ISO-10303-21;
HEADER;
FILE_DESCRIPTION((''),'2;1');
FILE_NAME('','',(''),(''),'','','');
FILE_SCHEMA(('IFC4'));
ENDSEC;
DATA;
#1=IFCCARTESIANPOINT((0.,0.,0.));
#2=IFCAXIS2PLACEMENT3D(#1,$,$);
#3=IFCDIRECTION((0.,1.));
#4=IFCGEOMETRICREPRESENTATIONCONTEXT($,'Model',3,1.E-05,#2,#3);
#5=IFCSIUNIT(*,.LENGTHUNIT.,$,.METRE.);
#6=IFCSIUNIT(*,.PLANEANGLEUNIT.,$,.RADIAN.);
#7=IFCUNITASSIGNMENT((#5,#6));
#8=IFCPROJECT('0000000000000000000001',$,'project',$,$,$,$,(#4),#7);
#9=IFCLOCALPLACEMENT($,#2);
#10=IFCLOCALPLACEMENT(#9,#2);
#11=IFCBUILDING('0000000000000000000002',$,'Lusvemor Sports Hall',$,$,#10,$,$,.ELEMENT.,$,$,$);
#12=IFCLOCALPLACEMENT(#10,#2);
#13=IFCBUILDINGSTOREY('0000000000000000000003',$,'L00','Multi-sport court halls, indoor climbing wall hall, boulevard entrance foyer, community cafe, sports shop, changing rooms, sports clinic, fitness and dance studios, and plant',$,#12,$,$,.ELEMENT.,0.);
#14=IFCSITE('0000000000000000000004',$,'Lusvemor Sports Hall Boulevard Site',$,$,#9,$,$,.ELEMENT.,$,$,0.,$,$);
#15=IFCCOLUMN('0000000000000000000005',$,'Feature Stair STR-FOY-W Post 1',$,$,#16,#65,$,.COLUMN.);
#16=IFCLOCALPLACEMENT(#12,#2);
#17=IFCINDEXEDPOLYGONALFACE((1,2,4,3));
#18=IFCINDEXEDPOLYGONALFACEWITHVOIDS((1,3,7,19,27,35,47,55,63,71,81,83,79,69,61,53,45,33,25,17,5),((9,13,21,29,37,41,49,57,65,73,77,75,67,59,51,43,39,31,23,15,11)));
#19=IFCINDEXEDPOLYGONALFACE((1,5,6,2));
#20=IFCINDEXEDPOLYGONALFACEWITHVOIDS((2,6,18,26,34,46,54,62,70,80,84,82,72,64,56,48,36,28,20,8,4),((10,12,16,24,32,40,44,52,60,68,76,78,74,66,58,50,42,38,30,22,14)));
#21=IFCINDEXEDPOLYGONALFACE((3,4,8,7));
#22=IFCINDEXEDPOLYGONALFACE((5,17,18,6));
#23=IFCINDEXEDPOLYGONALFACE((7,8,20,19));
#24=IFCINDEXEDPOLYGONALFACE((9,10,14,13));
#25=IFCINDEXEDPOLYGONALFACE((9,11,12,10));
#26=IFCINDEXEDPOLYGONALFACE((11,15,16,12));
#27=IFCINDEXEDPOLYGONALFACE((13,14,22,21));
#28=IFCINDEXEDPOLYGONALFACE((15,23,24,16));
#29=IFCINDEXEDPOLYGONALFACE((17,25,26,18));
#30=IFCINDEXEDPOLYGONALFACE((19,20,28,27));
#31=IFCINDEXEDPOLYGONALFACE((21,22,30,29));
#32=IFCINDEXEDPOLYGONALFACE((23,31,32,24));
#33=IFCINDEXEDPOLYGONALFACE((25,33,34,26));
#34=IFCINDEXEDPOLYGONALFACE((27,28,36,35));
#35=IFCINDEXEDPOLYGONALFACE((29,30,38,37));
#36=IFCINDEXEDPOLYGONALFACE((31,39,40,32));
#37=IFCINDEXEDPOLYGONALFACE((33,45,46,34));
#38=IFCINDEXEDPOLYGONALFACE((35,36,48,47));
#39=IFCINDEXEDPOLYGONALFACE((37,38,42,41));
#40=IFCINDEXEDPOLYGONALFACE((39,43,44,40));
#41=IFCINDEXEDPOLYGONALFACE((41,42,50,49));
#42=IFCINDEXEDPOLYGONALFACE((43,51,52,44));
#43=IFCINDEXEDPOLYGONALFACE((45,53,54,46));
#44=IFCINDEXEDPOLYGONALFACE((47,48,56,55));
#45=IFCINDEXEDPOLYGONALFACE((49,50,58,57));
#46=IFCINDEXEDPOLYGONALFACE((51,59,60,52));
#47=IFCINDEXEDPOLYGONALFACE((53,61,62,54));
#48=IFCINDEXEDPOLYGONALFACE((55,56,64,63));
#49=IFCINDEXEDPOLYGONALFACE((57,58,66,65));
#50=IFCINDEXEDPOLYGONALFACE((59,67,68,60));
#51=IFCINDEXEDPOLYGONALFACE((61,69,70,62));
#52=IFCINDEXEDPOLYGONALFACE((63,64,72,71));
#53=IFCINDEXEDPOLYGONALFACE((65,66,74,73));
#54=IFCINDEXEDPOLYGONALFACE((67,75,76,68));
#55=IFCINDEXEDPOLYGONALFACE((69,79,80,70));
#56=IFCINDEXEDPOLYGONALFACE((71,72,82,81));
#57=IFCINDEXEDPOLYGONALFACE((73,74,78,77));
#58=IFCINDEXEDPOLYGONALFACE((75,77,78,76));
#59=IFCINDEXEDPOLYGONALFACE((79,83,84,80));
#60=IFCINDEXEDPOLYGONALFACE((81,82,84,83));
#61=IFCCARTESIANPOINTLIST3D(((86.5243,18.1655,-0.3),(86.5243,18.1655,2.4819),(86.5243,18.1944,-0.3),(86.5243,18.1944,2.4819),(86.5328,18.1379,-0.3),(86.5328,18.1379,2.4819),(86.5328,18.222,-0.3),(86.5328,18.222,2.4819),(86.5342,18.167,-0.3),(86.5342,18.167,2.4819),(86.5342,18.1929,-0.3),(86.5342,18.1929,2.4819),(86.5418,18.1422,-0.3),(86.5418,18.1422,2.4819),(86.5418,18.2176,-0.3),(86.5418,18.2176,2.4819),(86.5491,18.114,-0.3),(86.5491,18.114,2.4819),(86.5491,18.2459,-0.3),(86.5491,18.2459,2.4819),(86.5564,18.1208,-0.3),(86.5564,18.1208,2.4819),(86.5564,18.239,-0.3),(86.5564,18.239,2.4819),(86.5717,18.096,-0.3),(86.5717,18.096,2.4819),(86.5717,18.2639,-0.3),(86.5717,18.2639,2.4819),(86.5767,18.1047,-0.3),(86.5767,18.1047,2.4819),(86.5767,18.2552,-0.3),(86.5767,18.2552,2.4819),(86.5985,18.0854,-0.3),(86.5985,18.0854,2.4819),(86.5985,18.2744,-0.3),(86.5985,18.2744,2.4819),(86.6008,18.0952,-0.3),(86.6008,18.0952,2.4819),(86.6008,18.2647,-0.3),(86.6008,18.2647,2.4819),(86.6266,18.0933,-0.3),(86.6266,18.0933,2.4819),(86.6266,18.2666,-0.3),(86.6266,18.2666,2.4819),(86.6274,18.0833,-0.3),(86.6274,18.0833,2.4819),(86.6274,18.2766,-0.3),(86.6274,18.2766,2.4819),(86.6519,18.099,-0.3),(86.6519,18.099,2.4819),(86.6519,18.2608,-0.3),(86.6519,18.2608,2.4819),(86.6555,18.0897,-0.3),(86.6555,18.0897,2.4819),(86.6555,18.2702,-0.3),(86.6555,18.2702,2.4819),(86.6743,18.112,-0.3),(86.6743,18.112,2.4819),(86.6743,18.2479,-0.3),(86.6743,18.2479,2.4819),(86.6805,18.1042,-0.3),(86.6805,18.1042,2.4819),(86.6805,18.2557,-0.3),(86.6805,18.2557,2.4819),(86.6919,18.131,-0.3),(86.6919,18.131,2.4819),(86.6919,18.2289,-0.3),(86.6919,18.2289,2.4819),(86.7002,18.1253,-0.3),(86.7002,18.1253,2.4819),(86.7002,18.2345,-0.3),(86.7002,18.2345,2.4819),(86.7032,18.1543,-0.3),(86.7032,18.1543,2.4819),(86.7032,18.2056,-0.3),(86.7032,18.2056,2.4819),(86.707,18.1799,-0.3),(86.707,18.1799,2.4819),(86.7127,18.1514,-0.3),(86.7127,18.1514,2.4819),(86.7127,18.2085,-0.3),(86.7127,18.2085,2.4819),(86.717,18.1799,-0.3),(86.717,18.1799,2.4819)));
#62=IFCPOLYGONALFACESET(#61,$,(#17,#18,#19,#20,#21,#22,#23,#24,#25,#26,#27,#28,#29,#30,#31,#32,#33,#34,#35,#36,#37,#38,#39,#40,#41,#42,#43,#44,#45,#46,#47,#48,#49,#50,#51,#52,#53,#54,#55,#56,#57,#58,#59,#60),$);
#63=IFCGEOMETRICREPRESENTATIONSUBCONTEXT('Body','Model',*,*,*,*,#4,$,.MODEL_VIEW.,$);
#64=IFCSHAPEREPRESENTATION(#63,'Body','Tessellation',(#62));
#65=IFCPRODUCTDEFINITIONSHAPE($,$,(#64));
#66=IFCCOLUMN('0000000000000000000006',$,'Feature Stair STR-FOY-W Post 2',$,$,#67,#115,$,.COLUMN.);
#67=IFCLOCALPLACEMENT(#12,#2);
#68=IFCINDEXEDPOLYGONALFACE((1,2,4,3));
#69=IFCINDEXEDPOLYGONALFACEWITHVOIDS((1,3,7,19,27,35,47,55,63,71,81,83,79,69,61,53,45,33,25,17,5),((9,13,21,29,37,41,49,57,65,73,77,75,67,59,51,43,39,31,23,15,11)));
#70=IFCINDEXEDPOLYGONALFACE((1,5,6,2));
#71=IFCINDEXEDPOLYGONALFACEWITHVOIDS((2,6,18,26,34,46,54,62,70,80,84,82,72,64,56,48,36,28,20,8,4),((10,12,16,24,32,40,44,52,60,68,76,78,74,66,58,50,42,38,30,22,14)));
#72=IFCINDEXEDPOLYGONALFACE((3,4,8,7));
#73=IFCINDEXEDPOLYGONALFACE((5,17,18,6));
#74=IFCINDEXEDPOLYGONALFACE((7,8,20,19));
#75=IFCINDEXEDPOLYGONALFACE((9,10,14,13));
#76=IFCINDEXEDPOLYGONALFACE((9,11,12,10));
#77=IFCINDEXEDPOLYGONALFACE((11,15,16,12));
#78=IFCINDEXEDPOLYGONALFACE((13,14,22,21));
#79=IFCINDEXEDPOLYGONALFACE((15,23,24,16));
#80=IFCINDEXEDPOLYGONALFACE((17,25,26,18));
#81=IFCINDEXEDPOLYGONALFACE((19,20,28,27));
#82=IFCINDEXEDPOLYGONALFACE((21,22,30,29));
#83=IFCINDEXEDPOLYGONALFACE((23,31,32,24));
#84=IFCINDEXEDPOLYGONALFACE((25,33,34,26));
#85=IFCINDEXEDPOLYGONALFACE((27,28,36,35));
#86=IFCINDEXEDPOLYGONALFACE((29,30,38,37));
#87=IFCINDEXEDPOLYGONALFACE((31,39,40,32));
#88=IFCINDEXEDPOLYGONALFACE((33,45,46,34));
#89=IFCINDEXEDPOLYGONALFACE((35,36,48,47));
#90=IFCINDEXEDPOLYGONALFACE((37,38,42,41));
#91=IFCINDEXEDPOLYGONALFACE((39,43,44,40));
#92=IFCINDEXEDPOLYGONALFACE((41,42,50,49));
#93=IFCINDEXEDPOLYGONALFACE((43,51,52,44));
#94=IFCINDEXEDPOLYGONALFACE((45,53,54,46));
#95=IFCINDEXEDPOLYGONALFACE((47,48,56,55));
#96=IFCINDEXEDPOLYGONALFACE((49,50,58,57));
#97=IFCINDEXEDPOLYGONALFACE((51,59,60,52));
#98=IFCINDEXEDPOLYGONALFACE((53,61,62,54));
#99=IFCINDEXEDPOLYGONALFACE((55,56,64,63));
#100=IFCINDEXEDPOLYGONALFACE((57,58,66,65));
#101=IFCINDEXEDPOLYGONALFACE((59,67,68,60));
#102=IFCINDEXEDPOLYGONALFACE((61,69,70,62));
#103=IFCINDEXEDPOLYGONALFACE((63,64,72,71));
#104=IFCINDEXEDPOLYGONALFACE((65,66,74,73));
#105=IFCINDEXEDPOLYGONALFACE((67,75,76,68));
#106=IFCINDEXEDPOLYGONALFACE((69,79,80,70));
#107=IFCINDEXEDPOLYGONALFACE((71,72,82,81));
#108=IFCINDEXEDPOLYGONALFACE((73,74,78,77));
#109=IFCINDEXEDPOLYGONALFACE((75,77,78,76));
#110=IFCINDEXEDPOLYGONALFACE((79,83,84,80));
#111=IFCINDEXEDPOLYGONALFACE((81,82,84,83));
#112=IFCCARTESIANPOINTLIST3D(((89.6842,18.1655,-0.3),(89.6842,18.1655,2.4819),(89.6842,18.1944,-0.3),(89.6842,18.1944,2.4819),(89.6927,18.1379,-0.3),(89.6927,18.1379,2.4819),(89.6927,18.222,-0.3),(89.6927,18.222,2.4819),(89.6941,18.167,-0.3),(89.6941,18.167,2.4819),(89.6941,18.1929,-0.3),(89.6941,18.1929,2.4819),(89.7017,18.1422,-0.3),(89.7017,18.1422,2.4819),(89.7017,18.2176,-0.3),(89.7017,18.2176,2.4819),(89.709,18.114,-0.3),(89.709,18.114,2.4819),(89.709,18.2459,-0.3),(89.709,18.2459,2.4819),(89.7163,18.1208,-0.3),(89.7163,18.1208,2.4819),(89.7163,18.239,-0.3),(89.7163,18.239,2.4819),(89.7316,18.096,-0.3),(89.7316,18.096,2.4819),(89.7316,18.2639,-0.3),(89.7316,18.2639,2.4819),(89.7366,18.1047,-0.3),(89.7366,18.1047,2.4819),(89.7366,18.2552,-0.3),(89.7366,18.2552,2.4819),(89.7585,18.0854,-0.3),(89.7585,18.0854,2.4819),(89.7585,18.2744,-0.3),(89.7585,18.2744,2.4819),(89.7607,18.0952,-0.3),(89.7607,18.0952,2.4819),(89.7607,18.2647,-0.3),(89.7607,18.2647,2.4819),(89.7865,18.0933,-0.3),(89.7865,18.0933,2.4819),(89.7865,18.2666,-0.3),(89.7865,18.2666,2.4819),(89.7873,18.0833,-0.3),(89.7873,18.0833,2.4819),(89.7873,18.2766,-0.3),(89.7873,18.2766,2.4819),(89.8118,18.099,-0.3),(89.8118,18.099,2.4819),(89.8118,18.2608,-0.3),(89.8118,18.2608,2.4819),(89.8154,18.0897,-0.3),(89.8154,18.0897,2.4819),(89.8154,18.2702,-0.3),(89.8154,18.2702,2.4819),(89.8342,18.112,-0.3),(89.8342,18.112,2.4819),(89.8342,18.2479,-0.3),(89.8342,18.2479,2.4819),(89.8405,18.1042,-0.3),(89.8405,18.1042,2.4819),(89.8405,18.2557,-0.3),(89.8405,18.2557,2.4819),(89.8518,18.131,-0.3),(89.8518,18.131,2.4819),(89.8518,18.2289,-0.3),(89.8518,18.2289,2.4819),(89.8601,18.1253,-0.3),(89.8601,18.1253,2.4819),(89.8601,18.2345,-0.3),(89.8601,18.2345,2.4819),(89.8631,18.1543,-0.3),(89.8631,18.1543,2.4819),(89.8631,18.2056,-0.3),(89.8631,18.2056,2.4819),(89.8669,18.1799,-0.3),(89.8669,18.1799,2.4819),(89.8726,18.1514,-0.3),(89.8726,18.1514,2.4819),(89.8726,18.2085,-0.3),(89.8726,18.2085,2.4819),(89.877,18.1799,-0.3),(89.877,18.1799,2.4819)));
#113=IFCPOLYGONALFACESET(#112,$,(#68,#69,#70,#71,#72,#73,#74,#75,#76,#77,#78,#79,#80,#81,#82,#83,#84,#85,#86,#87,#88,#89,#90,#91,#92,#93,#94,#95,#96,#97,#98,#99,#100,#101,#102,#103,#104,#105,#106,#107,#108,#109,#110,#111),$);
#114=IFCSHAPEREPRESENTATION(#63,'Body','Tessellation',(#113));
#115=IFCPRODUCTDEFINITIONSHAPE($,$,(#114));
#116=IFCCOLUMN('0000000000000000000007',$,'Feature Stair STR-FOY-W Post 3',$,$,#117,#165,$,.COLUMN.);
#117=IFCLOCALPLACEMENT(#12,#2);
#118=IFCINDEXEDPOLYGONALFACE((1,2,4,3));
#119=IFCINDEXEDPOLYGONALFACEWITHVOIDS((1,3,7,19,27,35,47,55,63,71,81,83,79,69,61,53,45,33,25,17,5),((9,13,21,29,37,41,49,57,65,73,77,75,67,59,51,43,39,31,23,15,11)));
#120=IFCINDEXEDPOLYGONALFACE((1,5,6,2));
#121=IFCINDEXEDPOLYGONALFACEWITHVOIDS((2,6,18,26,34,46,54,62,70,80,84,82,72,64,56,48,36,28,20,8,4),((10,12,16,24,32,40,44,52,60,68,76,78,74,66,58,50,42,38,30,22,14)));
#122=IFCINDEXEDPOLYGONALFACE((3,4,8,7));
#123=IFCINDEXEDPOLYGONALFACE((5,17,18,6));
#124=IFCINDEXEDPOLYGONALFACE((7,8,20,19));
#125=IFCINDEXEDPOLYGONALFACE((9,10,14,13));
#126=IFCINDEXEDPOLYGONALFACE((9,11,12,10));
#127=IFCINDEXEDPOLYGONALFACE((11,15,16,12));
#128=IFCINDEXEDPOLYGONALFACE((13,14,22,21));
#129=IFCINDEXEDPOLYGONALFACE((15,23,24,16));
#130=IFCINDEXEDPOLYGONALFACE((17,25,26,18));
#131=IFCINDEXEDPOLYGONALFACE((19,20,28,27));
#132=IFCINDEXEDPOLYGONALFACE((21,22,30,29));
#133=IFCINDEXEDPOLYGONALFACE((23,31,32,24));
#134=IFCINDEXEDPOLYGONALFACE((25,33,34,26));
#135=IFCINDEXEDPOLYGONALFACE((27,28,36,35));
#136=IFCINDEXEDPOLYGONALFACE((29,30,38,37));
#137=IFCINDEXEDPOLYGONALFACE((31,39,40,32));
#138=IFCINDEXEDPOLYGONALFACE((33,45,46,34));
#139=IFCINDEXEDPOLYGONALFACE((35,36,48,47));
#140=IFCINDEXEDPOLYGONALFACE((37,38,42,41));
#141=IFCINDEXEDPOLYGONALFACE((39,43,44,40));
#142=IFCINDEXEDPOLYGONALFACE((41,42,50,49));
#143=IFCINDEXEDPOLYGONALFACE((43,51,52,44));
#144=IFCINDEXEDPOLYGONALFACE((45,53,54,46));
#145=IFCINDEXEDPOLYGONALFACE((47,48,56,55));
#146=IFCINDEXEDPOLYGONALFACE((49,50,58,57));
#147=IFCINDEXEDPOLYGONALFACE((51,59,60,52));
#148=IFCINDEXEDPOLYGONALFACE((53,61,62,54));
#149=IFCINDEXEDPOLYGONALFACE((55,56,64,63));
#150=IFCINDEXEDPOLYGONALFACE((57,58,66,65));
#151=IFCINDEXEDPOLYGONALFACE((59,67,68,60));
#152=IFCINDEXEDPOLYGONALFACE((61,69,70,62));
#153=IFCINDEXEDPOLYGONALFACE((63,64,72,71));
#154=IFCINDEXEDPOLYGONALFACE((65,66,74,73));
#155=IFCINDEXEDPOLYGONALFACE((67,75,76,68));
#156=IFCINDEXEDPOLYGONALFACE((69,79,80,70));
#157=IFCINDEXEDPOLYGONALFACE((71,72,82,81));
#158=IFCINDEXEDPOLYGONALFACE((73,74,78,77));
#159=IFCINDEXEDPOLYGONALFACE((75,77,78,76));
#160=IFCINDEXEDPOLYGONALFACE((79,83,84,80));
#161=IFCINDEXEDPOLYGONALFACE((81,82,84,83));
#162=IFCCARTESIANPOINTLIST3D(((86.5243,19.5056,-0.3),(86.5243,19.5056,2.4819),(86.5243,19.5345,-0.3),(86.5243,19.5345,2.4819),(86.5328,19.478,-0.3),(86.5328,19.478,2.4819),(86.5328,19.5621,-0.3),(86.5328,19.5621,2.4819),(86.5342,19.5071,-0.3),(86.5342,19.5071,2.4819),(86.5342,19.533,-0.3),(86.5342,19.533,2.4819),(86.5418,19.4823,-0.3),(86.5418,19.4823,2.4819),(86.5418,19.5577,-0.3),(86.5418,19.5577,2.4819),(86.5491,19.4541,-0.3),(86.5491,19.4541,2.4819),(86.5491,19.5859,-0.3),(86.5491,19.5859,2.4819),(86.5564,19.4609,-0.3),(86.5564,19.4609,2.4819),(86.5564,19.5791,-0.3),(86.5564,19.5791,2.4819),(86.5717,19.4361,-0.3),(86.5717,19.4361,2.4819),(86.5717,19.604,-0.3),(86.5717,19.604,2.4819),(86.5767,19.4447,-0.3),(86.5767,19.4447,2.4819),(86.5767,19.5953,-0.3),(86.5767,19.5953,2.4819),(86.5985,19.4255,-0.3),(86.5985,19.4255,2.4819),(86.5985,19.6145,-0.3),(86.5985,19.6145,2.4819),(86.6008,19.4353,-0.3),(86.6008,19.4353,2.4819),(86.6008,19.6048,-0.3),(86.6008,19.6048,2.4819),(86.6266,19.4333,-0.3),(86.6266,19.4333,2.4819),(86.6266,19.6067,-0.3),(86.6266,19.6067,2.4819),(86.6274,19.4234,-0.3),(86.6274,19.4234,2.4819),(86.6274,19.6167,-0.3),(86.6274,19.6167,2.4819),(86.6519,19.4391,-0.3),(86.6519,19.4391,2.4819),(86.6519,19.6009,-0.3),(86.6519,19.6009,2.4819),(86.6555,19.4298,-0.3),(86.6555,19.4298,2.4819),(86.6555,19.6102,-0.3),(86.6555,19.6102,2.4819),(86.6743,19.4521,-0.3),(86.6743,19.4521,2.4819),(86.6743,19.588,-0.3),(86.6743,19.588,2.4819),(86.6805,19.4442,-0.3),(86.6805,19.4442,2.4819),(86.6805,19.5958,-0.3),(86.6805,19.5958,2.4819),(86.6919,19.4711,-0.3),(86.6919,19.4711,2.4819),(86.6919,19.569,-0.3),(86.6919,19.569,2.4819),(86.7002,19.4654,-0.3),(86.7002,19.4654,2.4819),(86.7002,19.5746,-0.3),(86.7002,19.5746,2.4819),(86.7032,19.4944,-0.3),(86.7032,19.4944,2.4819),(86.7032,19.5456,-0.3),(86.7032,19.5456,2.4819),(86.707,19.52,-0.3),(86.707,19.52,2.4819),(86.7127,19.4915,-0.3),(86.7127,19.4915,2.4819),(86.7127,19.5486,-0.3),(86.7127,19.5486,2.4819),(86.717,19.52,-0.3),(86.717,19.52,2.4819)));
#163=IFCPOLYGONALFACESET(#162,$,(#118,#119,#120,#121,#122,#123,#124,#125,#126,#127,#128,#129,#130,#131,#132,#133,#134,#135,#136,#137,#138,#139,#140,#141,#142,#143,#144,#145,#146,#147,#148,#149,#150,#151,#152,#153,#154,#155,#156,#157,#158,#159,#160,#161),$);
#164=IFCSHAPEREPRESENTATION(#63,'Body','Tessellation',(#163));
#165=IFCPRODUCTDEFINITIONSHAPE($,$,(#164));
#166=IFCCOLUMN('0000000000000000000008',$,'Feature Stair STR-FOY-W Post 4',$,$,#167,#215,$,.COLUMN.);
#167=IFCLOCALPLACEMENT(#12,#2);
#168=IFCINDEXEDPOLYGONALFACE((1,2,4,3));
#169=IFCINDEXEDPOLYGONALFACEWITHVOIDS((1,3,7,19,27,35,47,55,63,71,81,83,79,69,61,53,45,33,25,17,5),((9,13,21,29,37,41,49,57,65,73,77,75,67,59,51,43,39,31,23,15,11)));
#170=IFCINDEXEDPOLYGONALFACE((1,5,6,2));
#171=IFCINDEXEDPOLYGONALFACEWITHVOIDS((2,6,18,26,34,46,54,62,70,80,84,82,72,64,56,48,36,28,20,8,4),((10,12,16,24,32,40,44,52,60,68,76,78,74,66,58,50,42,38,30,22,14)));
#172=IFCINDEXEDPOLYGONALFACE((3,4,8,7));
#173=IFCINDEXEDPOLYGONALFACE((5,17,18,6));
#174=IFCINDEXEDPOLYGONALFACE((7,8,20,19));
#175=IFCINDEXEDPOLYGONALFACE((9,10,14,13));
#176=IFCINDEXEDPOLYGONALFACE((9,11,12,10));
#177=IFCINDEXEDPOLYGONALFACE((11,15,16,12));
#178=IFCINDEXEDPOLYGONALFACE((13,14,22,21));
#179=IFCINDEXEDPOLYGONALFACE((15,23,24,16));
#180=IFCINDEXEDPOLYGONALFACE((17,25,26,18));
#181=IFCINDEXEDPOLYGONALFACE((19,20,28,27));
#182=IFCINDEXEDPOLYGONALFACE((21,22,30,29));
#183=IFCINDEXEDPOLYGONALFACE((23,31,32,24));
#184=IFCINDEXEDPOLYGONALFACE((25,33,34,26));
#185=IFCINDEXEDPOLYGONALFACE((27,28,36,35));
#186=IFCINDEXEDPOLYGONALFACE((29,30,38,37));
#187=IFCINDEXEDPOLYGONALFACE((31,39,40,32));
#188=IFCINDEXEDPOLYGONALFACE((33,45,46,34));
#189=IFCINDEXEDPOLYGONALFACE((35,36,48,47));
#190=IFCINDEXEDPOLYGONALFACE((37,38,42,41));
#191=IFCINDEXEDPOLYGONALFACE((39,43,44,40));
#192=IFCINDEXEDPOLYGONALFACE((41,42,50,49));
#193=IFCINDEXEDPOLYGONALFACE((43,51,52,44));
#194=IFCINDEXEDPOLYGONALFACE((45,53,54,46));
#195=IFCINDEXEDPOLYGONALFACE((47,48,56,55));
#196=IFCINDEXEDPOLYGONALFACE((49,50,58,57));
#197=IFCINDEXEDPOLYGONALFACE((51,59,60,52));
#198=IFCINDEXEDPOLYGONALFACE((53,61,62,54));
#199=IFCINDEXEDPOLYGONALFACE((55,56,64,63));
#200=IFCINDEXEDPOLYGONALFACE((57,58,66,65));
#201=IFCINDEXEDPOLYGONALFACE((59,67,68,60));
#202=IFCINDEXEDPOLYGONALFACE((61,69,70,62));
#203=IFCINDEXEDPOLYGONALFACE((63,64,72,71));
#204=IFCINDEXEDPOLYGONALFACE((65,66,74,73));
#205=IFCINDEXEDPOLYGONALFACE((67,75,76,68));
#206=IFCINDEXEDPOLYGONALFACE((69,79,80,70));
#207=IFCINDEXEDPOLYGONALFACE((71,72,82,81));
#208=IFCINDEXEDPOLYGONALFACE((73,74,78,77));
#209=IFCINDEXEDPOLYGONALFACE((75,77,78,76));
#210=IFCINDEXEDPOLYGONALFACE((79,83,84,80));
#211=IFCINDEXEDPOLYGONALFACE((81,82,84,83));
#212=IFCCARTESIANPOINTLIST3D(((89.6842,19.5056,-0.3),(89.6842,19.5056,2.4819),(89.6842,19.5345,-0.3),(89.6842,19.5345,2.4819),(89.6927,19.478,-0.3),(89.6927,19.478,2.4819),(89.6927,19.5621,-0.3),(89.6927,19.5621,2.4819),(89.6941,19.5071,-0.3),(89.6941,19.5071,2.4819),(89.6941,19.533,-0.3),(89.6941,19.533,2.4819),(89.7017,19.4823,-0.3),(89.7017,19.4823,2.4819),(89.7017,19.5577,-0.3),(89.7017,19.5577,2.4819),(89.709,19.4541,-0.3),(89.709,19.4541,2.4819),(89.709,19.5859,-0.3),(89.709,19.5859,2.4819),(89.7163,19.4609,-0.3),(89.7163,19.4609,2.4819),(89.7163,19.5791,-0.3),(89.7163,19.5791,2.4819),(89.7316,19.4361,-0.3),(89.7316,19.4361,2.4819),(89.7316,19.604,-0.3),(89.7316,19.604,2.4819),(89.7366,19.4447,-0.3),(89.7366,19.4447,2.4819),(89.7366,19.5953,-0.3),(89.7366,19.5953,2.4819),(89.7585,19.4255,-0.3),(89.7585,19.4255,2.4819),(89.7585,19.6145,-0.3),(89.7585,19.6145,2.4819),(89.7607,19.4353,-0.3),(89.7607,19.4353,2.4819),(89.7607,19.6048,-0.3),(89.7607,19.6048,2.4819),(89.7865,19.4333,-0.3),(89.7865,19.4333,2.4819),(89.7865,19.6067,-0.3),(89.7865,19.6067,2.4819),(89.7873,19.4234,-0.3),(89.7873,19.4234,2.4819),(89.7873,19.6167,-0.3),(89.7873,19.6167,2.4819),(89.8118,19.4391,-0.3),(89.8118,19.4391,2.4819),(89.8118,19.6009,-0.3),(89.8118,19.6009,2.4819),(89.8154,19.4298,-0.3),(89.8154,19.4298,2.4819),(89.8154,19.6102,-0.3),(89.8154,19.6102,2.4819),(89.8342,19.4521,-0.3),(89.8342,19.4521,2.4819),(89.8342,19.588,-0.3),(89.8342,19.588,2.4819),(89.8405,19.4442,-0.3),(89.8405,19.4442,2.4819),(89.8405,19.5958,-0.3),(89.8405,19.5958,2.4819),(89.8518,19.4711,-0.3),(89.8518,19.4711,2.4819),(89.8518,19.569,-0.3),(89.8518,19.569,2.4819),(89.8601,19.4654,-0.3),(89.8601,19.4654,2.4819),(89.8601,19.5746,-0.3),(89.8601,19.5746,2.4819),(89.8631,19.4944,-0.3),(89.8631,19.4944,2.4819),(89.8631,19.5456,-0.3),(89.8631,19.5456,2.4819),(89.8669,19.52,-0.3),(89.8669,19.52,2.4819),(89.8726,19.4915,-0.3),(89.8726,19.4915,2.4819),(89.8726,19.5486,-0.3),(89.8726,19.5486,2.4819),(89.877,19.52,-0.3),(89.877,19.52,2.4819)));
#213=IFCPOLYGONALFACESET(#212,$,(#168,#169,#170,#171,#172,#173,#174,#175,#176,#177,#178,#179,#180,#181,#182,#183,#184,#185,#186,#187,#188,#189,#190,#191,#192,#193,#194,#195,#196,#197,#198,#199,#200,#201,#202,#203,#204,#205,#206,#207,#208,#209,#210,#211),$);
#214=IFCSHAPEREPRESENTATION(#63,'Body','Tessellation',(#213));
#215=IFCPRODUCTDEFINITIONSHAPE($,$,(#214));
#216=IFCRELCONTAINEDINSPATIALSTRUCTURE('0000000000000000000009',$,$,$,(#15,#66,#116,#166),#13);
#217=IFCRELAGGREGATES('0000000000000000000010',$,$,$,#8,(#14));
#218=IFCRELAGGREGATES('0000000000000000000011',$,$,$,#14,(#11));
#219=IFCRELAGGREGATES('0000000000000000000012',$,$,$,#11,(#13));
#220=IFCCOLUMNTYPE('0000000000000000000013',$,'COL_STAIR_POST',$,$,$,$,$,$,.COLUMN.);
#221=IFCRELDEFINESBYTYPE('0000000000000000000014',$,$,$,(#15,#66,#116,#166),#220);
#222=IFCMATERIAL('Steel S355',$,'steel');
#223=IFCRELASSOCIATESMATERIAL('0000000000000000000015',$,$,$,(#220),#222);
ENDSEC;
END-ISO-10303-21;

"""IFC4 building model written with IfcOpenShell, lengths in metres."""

from ifc_helpers import new_model, si_unit, direction, frame, origin, origin_2d, place, context, subcontext, project, spatial, hollow_circle, extrude, material, material_profile, profile_set, type_object, element, save


model = new_model("IFC4")

# Units and contexts
model_context = context("Model", 3, precision=1e-05, world=origin(), true_north=direction((0.0, 1.0)))
body_context = subcontext(model_context, "Body", "Model", "MODEL_VIEW")
ifc_project = project(units=[si_unit("LENGTHUNIT", "METRE"), si_unit("PLANEANGLEUNIT", "RADIAN")], contexts=[model_context])

# Site, building, storey
site_placement = place(None, origin())
site = spatial("IfcSite", under=ifc_project, at=site_placement, Name="Lusvemor Sports Hall Boulevard Site", CompositionType="ELEMENT", RefElevation=0.0)
building_placement = place(site_placement, origin())
building = spatial("IfcBuilding", under=site, at=building_placement, Name="Lusvemor Sports Hall", CompositionType="ELEMENT")
storey_placement = place(building_placement, origin())
storey = spatial("IfcBuildingStorey", under=building, at=storey_placement, Name="L00", Description="Multi-sport court halls, indoor climbing wall hall, boulevard entrance foyer, community cafe, sports shop, changing rooms, sports clinic, fitness and dance studios, and plant", CompositionType="ELEMENT", Elevation=0.0)

# Columns
ifc_material_1 = material(Name="Steel S355", Category="steel")
ifc_material_profile_1 = material_profile(ifc_material_1, hollow_circle(Radius=0.0969, WallThickness=0.01, at=origin_2d()), Name="CHS193.7x10.0")
ifc_profile_set_1 = profile_set([ifc_material_profile_1], Name="Steel S355")
column_type_1 = type_object("IfcColumnType", Name="COL_STAIR_POST", PredefinedType="COLUMN", material=ifc_profile_set_1)
for number, where, z_axis, x_axis, name in (
    (1, (86.6201, 18.1799, -0.3), (0.0, 0.0, 1.0), (1.0, 0.0, 0.0), "Feature Stair STR-FOY-W Post 1"),
    (2, (89.78, 18.1799, -0.3), (0.0, 0.0, 1.0), (1.0, 0.0, 0.0), "Feature Stair STR-FOY-W Post 2"),
    (3, (86.6201, 19.52, -0.3), (0.0, 0.0, 1.0), (1.0, 0.0, 0.0), "Feature Stair STR-FOY-W Post 3"),
    (4, (89.78, 19.52, -0.3), (0.0, 0.0, 1.0), (1.0, 0.0, 0.0), "Feature Stair STR-FOY-W Post 4"),
):
    element("IfcColumn", number, at=place(storey_placement, frame(where, z_axis=z_axis, x_axis=x_axis)), inside=storey, type_object=column_type_1, Name=name, PredefinedType="COLUMN", context=body_context, shape_type="SweptSolid", body=[
        extrude(hollow_circle(Radius=0.0969, WallThickness=0.01, at=origin_2d()), origin(), (0.0, 0.0, 1.0), 2.782),
    ])

save(model, "model.ifc")
